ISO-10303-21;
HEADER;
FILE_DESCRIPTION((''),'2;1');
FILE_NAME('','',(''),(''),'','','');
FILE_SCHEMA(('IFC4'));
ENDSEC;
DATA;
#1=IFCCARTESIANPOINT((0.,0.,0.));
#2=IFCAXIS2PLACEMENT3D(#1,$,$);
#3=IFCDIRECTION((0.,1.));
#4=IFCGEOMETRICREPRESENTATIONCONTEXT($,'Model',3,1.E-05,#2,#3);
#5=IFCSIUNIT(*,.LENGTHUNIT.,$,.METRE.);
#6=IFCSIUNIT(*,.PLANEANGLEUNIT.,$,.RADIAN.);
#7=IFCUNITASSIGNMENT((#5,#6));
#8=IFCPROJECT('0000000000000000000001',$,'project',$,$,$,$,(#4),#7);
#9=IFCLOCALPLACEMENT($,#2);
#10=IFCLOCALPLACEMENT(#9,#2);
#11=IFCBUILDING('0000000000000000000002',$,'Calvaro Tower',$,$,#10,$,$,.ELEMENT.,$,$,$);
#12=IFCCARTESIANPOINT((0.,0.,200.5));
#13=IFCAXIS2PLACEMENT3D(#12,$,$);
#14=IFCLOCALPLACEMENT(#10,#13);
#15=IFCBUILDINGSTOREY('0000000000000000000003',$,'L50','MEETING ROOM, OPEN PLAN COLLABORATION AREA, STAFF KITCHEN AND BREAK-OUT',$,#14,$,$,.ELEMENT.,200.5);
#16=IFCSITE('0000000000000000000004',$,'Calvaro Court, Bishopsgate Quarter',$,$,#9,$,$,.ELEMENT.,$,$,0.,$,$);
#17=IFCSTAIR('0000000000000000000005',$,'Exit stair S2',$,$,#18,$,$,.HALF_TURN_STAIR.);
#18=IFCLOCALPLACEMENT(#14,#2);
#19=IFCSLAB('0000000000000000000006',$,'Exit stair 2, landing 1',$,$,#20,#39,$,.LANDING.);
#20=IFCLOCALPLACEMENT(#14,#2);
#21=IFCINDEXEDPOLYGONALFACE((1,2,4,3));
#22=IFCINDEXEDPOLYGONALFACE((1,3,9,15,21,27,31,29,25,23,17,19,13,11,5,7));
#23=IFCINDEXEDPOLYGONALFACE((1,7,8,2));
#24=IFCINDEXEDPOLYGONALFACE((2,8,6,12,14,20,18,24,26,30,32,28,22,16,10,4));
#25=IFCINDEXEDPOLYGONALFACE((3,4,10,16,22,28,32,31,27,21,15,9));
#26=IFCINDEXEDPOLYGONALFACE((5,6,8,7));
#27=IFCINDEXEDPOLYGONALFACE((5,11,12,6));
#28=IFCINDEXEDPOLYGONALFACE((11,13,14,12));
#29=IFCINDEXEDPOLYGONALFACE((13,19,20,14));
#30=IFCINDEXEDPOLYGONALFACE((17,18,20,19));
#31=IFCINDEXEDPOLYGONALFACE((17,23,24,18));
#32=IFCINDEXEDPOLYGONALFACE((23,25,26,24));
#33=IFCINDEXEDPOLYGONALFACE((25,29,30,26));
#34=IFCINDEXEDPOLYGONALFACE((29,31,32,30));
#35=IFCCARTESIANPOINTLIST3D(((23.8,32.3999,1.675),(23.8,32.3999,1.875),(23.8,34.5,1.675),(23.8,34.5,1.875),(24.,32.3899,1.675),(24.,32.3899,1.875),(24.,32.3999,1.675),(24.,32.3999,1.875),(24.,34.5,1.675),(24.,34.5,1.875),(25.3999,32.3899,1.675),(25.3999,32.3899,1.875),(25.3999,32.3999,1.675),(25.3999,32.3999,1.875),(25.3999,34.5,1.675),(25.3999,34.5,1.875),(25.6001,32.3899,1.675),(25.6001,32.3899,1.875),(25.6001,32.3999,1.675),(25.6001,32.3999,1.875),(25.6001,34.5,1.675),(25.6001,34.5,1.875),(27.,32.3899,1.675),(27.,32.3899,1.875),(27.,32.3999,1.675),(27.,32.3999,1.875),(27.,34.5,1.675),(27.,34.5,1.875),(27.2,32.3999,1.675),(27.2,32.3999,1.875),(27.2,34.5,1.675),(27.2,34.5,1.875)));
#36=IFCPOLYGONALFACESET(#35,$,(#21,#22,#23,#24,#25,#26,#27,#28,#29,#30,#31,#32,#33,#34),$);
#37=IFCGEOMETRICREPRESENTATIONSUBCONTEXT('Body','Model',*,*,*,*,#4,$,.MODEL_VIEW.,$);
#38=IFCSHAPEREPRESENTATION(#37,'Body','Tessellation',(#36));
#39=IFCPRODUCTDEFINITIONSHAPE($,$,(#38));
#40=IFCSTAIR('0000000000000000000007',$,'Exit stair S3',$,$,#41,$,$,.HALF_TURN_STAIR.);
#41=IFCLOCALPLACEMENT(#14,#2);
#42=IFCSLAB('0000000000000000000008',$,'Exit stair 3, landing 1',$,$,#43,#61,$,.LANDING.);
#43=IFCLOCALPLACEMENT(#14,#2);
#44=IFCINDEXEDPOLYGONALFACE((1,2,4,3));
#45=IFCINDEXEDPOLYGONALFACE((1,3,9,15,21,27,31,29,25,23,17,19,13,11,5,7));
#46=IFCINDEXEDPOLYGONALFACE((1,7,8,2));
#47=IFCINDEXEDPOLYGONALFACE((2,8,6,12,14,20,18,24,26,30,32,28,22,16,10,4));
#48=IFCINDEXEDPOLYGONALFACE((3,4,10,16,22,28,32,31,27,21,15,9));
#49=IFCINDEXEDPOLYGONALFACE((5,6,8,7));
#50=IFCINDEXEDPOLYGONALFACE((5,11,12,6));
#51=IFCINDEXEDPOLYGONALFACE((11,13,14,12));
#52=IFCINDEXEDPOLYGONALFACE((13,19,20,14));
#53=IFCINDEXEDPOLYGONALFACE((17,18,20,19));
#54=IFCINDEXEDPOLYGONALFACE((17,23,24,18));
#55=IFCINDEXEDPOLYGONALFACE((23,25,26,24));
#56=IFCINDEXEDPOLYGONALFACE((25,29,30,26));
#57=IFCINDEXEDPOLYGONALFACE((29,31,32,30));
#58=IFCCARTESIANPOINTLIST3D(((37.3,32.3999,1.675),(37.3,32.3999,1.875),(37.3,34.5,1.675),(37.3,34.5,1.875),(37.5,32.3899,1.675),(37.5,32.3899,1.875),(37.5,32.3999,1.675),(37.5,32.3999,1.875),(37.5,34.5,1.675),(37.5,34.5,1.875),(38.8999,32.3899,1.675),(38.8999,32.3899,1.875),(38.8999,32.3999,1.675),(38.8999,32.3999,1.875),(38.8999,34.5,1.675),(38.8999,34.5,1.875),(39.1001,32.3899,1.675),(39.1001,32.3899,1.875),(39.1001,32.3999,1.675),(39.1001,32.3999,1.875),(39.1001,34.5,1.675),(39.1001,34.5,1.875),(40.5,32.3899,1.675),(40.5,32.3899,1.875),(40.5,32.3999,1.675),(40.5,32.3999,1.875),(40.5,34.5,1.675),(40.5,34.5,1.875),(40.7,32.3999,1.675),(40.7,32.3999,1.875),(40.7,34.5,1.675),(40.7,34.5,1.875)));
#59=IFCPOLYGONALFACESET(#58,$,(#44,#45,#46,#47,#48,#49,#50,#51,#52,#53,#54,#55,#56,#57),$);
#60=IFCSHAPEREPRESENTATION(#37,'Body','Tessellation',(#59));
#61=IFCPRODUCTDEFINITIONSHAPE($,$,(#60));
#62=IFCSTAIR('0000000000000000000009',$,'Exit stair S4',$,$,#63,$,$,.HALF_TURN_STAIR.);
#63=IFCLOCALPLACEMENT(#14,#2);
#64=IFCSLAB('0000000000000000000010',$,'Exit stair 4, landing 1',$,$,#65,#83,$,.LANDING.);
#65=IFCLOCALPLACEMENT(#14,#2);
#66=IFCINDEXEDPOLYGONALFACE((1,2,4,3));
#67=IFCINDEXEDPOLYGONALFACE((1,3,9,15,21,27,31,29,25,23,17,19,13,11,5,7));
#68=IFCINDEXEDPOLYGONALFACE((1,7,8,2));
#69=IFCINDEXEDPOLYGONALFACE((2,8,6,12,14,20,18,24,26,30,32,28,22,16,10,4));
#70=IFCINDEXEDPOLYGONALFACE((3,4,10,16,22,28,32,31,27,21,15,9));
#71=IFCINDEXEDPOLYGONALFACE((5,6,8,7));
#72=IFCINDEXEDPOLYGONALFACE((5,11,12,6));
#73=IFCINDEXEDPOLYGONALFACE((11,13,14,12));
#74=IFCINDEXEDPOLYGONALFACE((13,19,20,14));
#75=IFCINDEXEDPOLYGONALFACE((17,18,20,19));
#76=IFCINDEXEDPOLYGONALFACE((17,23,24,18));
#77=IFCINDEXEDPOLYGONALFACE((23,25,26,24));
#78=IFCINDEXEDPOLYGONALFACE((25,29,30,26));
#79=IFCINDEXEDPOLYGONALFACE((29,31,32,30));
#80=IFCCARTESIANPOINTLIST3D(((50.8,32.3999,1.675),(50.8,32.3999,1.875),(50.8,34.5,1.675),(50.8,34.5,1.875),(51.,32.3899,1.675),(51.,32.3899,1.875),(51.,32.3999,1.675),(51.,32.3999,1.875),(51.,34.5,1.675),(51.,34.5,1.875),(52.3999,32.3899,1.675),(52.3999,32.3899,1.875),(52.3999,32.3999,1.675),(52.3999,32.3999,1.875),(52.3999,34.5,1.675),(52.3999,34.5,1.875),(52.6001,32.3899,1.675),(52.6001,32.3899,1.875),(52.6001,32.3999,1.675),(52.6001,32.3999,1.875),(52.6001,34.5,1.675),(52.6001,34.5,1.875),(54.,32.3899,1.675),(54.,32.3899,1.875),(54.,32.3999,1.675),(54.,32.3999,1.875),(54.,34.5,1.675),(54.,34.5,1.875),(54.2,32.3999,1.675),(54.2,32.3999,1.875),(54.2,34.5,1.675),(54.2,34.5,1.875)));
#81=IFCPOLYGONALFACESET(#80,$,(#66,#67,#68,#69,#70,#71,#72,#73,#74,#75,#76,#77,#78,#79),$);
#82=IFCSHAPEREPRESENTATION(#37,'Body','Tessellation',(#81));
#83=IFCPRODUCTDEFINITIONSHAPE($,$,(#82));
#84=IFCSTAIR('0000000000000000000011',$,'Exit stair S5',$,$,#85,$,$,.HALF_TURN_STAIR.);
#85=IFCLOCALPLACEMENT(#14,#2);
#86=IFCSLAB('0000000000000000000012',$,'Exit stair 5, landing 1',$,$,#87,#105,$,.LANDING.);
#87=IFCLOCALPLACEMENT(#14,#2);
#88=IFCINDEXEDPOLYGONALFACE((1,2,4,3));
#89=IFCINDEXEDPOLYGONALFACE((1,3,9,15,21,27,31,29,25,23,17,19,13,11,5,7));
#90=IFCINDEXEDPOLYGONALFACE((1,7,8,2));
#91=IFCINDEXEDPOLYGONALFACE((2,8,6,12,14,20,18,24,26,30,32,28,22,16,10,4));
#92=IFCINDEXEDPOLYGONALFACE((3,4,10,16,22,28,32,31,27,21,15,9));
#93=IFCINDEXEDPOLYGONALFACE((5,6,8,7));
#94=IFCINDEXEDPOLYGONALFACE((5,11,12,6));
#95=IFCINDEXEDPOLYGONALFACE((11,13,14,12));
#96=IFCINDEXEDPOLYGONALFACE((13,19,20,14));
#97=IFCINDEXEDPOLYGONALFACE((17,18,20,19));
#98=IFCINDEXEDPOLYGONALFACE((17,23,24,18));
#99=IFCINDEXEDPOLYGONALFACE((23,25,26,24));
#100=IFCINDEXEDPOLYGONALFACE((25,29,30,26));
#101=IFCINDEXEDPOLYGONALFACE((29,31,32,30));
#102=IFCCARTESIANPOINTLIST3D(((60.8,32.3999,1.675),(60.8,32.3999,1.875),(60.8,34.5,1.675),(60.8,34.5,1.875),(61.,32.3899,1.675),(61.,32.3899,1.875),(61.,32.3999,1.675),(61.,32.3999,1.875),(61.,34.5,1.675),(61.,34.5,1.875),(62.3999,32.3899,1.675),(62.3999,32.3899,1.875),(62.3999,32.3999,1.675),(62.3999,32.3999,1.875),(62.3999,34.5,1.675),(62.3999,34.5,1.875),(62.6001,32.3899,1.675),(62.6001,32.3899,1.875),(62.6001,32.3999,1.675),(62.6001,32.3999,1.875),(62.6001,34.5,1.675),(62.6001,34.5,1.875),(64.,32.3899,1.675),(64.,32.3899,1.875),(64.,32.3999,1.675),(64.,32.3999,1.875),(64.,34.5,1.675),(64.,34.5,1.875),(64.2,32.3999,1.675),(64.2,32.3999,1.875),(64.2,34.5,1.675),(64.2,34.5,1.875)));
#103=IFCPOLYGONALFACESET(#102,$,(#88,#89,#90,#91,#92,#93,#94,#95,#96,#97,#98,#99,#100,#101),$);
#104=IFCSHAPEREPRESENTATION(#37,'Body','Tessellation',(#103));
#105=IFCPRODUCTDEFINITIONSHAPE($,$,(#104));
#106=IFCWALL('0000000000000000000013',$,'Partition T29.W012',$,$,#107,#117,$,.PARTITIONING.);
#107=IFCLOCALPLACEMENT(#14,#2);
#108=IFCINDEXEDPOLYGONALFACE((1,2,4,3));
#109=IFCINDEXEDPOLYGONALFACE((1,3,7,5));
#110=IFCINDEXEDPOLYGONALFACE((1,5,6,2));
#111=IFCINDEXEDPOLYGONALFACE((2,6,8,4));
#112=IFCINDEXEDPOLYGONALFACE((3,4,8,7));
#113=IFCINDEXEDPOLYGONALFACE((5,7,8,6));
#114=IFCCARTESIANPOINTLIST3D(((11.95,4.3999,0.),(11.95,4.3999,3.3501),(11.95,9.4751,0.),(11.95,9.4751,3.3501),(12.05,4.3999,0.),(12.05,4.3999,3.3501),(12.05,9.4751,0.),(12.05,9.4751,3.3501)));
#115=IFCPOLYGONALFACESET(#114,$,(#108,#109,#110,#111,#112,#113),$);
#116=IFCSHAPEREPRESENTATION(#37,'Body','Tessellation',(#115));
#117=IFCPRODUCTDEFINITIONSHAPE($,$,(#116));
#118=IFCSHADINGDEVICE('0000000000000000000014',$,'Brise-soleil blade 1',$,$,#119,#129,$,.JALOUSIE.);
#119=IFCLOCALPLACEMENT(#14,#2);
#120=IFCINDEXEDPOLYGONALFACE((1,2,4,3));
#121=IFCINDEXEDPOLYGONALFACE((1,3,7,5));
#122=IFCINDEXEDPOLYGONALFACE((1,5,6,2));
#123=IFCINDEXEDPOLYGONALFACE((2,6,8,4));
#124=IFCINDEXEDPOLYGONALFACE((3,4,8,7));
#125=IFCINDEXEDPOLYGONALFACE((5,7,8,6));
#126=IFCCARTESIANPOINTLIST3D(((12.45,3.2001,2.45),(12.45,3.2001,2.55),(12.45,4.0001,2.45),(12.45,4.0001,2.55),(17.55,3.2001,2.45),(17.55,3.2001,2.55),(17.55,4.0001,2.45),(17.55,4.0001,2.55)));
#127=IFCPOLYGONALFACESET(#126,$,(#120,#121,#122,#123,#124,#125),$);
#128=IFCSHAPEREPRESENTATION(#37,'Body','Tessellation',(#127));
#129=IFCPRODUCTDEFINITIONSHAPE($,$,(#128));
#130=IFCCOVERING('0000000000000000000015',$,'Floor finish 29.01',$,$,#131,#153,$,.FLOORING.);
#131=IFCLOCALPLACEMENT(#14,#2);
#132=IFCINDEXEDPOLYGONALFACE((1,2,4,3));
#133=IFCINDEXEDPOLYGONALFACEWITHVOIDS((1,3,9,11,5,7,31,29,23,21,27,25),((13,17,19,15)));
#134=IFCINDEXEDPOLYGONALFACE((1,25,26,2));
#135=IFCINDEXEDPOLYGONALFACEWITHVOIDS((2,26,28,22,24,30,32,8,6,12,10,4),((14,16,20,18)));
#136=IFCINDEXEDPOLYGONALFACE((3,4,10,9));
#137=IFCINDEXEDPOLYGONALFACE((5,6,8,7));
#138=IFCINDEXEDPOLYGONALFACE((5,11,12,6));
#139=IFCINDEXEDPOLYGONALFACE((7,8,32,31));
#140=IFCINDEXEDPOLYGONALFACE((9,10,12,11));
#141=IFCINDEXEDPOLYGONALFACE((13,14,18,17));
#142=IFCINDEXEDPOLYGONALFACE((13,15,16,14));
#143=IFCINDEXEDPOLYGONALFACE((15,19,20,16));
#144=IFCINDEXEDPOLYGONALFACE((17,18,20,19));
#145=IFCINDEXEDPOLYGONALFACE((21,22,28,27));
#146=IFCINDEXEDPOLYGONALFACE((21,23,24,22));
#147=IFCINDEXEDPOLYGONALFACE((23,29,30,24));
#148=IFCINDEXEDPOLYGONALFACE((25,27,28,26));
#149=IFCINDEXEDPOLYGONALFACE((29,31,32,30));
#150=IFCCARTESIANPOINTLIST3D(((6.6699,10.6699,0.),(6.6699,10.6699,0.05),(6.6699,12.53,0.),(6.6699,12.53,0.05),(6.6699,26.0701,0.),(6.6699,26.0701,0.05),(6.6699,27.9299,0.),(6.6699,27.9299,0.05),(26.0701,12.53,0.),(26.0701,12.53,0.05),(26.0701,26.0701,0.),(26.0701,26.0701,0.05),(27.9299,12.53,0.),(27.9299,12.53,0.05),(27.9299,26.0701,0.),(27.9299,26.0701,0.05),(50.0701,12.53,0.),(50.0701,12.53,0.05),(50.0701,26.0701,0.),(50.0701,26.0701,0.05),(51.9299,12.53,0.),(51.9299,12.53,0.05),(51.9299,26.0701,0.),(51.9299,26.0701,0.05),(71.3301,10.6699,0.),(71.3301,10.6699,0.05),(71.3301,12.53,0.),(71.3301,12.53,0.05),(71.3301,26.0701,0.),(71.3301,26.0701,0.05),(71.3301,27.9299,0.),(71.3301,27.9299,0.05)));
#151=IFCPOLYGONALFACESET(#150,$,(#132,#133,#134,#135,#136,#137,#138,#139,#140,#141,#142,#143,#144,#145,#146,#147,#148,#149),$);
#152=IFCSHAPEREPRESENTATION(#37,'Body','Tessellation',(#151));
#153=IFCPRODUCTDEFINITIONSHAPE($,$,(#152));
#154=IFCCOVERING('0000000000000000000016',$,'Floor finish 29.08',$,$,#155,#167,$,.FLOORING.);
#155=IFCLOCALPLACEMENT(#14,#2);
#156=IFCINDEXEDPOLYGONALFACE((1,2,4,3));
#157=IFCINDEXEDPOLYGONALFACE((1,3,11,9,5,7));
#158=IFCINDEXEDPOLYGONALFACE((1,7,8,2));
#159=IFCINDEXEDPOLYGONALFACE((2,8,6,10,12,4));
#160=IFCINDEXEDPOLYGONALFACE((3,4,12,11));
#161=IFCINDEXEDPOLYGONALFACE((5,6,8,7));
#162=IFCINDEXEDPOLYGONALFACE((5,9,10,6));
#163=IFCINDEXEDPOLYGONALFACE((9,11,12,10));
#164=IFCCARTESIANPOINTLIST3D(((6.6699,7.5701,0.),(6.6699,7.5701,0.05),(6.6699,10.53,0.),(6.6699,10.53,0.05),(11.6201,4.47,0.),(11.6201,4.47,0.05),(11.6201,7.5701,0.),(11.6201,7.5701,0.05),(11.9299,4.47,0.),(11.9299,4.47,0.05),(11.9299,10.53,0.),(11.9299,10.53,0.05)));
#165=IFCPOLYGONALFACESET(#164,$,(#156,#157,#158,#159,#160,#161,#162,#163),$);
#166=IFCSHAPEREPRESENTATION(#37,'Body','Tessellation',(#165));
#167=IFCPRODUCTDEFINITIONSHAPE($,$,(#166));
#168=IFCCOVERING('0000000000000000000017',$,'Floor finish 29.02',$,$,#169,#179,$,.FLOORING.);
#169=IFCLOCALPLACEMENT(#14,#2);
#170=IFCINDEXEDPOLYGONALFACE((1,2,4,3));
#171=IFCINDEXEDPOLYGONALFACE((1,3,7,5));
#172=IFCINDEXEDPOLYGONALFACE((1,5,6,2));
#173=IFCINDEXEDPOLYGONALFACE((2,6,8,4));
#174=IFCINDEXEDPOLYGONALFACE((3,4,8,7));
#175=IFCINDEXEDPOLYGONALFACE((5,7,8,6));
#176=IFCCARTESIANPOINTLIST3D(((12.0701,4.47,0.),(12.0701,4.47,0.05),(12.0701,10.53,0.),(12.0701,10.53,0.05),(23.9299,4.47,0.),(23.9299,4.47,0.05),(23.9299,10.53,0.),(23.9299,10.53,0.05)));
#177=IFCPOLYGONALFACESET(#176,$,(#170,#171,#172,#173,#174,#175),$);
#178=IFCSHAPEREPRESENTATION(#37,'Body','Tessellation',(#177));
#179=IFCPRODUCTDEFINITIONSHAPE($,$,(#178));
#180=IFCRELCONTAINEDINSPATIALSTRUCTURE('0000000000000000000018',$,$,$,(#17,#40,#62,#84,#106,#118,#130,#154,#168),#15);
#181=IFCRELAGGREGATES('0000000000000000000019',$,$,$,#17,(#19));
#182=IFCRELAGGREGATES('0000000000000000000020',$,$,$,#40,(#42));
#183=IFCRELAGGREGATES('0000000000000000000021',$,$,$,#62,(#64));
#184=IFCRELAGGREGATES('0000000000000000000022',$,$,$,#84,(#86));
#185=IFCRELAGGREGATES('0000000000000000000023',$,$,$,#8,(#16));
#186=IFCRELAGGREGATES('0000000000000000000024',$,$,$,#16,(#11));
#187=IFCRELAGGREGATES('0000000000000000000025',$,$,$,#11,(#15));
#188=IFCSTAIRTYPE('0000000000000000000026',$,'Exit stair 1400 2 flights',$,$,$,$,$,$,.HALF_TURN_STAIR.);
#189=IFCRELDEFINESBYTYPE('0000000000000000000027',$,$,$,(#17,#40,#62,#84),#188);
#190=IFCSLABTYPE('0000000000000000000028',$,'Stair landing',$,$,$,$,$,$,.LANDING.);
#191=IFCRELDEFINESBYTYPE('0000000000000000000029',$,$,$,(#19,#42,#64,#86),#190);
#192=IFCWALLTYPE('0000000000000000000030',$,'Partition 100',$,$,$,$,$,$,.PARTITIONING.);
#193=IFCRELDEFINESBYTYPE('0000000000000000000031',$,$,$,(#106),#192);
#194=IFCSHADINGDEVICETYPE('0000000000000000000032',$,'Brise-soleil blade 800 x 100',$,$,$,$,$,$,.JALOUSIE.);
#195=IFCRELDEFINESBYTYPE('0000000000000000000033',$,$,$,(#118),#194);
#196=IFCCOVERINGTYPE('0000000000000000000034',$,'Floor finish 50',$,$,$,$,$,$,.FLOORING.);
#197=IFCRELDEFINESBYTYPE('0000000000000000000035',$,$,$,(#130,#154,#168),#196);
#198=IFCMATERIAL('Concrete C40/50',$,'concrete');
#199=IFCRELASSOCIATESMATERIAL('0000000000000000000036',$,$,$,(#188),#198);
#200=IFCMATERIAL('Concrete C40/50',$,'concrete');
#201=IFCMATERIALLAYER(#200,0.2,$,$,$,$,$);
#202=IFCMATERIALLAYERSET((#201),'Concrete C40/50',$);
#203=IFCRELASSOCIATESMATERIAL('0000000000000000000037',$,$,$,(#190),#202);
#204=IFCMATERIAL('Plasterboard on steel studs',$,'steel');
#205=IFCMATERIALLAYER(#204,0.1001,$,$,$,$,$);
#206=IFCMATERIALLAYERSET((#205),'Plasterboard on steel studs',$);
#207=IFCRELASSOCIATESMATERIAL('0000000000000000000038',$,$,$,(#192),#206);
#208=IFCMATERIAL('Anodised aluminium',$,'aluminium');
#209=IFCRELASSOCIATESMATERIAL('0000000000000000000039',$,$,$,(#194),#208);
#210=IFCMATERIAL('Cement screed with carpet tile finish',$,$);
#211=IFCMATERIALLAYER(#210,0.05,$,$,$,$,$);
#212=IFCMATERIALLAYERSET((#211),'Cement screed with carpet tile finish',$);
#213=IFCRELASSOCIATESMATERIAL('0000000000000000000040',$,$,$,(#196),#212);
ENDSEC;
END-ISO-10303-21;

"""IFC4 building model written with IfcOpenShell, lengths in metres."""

from ifc_helpers import new_model, si_unit, direction, frame, frame_2d, origin, origin_2d, place, context, subcontext, project, spatial, polyline, rectangle, outline, extrude, material, layer, layer_set, material_profile, profile_set, type_object, element, aggregate, save


model = new_model("IFC4")

# Units and contexts
model_context = context("Model", 3, precision=1e-05, world=origin(), true_north=direction((0.0, 1.0)))
body_context = subcontext(model_context, "Body", "Model", "MODEL_VIEW")
ifc_project = project(units=[si_unit("LENGTHUNIT", "METRE"), si_unit("PLANEANGLEUNIT", "RADIAN")], contexts=[model_context])

# Site, building, storey
site_placement = place(None, origin())
site = spatial("IfcSite", under=ifc_project, at=site_placement, Name="Calvaro Court, Bishopsgate Quarter", CompositionType="ELEMENT", RefElevation=0.0)
building_placement = place(site_placement, origin())
building = spatial("IfcBuilding", under=site, at=building_placement, Name="Calvaro Tower", CompositionType="ELEMENT")
storey_placement = place(building_placement, frame((0.0, 0.0, 200.5)))
storey = spatial("IfcBuildingStorey", under=building, at=storey_placement, Name="L50", Description="MEETING ROOM, OPEN PLAN COLLABORATION AREA, STAFF KITCHEN AND BREAK-OUT", CompositionType="ELEMENT", Elevation=200.5)

# Stairs, slabs
ifc_material_1 = material(Name="Concrete C40/50", Category="concrete")
stair_type = type_object("IfcStairType", Name="Exit stair 1400 2 flights", PredefinedType="HALF_TURN_STAIR", material=ifc_material_1)
ifc_material_2 = material(Name="Concrete C40/50", Category="concrete")
ifc_layer_1 = layer(ifc_material_2, 0.2)
ifc_layer_set_1 = layer_set([ifc_layer_1], Name="Concrete C40/50")
slab_type_1 = type_object("IfcSlabType", Name="Stair landing", PredefinedType="LANDING", material=ifc_layer_set_1)
stair_1_placement = place(storey_placement, origin())
stair_1 = element("IfcStair", 1, at=stair_1_placement, inside=storey, type_object=stair_type, Name="Exit stair S2", PredefinedType="HALF_TURN_STAIR")
slab_1_placement = place(storey_placement, frame((0.0, 0.0, 1.675)))
slab_1 = element("IfcSlab", 2, at=slab_1_placement, type_object=slab_type_1, Name="Exit stair 2, landing 1", PredefinedType="LANDING", context=body_context, shape_type="SweptSolid", body=[
    extrude(outline(polyline([(25.3999, 32.3899), (24.0, 32.3899), (24.0, 32.3999), (23.8, 32.3999), (23.8, 34.5), (24.0, 34.5), (25.3999, 34.5), (25.6001, 34.5), (27.0, 34.5), (27.2, 34.5), (27.2, 32.3999), (27.0, 32.3999), (27.0, 32.3899), (25.6001, 32.3899), (25.6001, 32.3999), (25.3999, 32.3999), (25.3999, 32.3899)])), origin(), (0.0, 0.0, 1.0), 0.2),
])
aggregate(stair_1, [slab_1])
stair_2_placement = place(storey_placement, origin())
stair_2 = element("IfcStair", 3, at=stair_2_placement, inside=storey, type_object=stair_type, Name="Exit stair S3", PredefinedType="HALF_TURN_STAIR")
slab_2_placement = place(storey_placement, frame((0.0, 0.0, 1.675)))
slab_2 = element("IfcSlab", 4, at=slab_2_placement, type_object=slab_type_1, Name="Exit stair 3, landing 1", PredefinedType="LANDING", context=body_context, shape_type="SweptSolid", body=[
    extrude(outline(polyline([(38.8999, 32.3899), (37.5, 32.3899), (37.5, 32.3999), (37.3, 32.3999), (37.3, 34.5), (37.5, 34.5), (38.8999, 34.5), (39.1001, 34.5), (40.5, 34.5), (40.7, 34.5), (40.7, 32.3999), (40.5, 32.3999), (40.5, 32.3899), (39.1001, 32.3899), (39.1001, 32.3999), (38.8999, 32.3999), (38.8999, 32.3899)])), origin(), (0.0, 0.0, 1.0), 0.2),
])
aggregate(stair_2, [slab_2])
stair_3_placement = place(storey_placement, origin())
stair_3 = element("IfcStair", 5, at=stair_3_placement, inside=storey, type_object=stair_type, Name="Exit stair S4", PredefinedType="HALF_TURN_STAIR")
slab_3_placement = place(storey_placement, frame((0.0, 0.0, 1.675)))
slab_3 = element("IfcSlab", 6, at=slab_3_placement, type_object=slab_type_1, Name="Exit stair 4, landing 1", PredefinedType="LANDING", context=body_context, shape_type="SweptSolid", body=[
    extrude(outline(polyline([(52.3999, 32.3899), (51.0, 32.3899), (51.0, 32.3999), (50.8, 32.3999), (50.8, 34.5), (51.0, 34.5), (52.3999, 34.5), (52.6001, 34.5), (54.0, 34.5), (54.2, 34.5), (54.2, 32.3999), (54.0, 32.3999), (54.0, 32.3899), (52.6001, 32.3899), (52.6001, 32.3999), (52.3999, 32.3999), (52.3999, 32.3899)])), origin(), (0.0, 0.0, 1.0), 0.2),
])
aggregate(stair_3, [slab_3])
stair_4_placement = place(storey_placement, origin())
stair_4 = element("IfcStair", 7, at=stair_4_placement, inside=storey, type_object=stair_type, Name="Exit stair S5", PredefinedType="HALF_TURN_STAIR")
slab_4_placement = place(storey_placement, frame((0.0, 0.0, 1.675)))
slab_4 = element("IfcSlab", 8, at=slab_4_placement, type_object=slab_type_1, Name="Exit stair 5, landing 1", PredefinedType="LANDING", context=body_context, shape_type="SweptSolid", body=[
    extrude(outline(polyline([(62.3999, 32.3899), (61.0, 32.3899), (61.0, 32.3999), (60.8, 32.3999), (60.8, 34.5), (61.0, 34.5), (62.3999, 34.5), (62.6001, 34.5), (64.0, 34.5), (64.2, 34.5), (64.2, 32.3999), (64.0, 32.3999), (64.0, 32.3899), (62.6001, 32.3899), (62.6001, 32.3999), (62.3999, 32.3999), (62.3999, 32.3899)])), origin(), (0.0, 0.0, 1.0), 0.2),
])
aggregate(stair_4, [slab_4])

# Wall
ifc_material_3 = material(Name="Plasterboard on steel studs", Category="steel")
ifc_layer_2 = layer(ifc_material_3, 0.1001)
ifc_layer_set_2 = layer_set([ifc_layer_2], Name="Plasterboard on steel studs")
wall_type = type_object("IfcWallType", Name="Partition 100", PredefinedType="PARTITIONING", material=ifc_layer_set_2)
wall_placement = place(storey_placement, frame((12.0, 4.3999, 0.0), z_axis=(0.0, 0.0, 1.0), x_axis=(0.0, 1.0, 0.0)))
element("IfcWall", 9, at=wall_placement, inside=storey, type_object=wall_type, Name="Partition T29.W012", PredefinedType="PARTITIONING", context=body_context, shape_type="SweptSolid", body=[
    extrude(rectangle(XDim=5.0752, YDim=0.1001, at=frame_2d((2.5376, 0.0))), origin(), (0.0, 0.0, 1.0), 3.3501),
])

# Shading device
ifc_material_4 = material(Name="Anodised aluminium", Category="aluminium")
ifc_material_profile_1 = material_profile(ifc_material_4, rectangle(XDim=0.8, YDim=0.1001, at=origin_2d()), Name="Brise-soleil blade 800 x 100")
ifc_profile_set_1 = profile_set([ifc_material_profile_1], Name="Anodised aluminium")
shading_device_type = type_object("IfcShadingDeviceType", Name="Brise-soleil blade 800 x 100", PredefinedType="JALOUSIE", material=ifc_profile_set_1)
shading_device_placement = place(storey_placement, frame((12.45, 3.6001, 2.5), z_axis=(1.0, 0.0, 0.0), x_axis=(0.0, 1.0, 0.0)))
element("IfcShadingDevice", 10, at=shading_device_placement, inside=storey, type_object=shading_device_type, Name="Brise-soleil blade 1", PredefinedType="JALOUSIE", context=body_context, shape_type="SweptSolid", body=[
    extrude(rectangle(XDim=0.8, YDim=0.1001, at=origin_2d()), origin(), (0.0, 0.0, 1.0), 5.1001),
])

# Coverings
ifc_material_5 = material(Name="Cement screed with carpet tile finish")
ifc_layer_3 = layer(ifc_material_5, 0.05)
ifc_layer_set_3 = layer_set([ifc_layer_3], Name="Cement screed with carpet tile finish")
covering_type = type_object("IfcCoveringType", Name="Floor finish 50", PredefinedType="FLOORING", material=ifc_layer_set_3)
covering_1_placement = place(storey_placement, origin())
element("IfcCovering", 11, at=covering_1_placement, inside=storey, type_object=covering_type, Name="Floor finish 29.01", PredefinedType="FLOORING", context=body_context, shape_type="SweptSolid", body=[
    extrude(outline(polyline([(6.6699, 10.6699), (6.6699, 12.53), (26.0701, 12.53), (26.0701, 26.0701), (6.6699, 26.0701), (6.6699, 27.9299), (71.3301, 27.9299), (71.3301, 26.0701), (51.9299, 26.0701), (51.9299, 12.53), (71.3301, 12.53), (71.3301, 10.6699), (6.6699, 10.6699)]), holes=[polyline([(50.0701, 12.53), (50.0701, 26.0701), (27.9299, 26.0701), (27.9299, 12.53), (50.0701, 12.53)])]), origin(), (0.0, 0.0, 1.0), 0.05),
])
covering_2_placement = place(storey_placement, origin())
element("IfcCovering", 12, at=covering_2_placement, inside=storey, type_object=covering_type, Name="Floor finish 29.08", PredefinedType="FLOORING", context=body_context, shape_type="SweptSolid", body=[
    extrude(outline(polyline([(11.9299, 10.53), (11.9299, 4.47), (11.6201, 4.47), (11.6201, 7.5701), (6.6699, 7.5701), (6.6699, 10.53), (11.9299, 10.53)])), origin(), (0.0, 0.0, 1.0), 0.05),
])
covering_3_placement = place(storey_placement, origin())
element("IfcCovering", 13, at=covering_3_placement, inside=storey, type_object=covering_type, Name="Floor finish 29.02", PredefinedType="FLOORING", context=body_context, shape_type="SweptSolid", body=[
    extrude(outline(polyline([(12.0701, 10.53), (23.9299, 10.53), (23.9299, 4.47), (12.0701, 4.47), (12.0701, 10.53)])), origin(), (0.0, 0.0, 1.0), 0.05),
])

save(model, "model.ifc")
